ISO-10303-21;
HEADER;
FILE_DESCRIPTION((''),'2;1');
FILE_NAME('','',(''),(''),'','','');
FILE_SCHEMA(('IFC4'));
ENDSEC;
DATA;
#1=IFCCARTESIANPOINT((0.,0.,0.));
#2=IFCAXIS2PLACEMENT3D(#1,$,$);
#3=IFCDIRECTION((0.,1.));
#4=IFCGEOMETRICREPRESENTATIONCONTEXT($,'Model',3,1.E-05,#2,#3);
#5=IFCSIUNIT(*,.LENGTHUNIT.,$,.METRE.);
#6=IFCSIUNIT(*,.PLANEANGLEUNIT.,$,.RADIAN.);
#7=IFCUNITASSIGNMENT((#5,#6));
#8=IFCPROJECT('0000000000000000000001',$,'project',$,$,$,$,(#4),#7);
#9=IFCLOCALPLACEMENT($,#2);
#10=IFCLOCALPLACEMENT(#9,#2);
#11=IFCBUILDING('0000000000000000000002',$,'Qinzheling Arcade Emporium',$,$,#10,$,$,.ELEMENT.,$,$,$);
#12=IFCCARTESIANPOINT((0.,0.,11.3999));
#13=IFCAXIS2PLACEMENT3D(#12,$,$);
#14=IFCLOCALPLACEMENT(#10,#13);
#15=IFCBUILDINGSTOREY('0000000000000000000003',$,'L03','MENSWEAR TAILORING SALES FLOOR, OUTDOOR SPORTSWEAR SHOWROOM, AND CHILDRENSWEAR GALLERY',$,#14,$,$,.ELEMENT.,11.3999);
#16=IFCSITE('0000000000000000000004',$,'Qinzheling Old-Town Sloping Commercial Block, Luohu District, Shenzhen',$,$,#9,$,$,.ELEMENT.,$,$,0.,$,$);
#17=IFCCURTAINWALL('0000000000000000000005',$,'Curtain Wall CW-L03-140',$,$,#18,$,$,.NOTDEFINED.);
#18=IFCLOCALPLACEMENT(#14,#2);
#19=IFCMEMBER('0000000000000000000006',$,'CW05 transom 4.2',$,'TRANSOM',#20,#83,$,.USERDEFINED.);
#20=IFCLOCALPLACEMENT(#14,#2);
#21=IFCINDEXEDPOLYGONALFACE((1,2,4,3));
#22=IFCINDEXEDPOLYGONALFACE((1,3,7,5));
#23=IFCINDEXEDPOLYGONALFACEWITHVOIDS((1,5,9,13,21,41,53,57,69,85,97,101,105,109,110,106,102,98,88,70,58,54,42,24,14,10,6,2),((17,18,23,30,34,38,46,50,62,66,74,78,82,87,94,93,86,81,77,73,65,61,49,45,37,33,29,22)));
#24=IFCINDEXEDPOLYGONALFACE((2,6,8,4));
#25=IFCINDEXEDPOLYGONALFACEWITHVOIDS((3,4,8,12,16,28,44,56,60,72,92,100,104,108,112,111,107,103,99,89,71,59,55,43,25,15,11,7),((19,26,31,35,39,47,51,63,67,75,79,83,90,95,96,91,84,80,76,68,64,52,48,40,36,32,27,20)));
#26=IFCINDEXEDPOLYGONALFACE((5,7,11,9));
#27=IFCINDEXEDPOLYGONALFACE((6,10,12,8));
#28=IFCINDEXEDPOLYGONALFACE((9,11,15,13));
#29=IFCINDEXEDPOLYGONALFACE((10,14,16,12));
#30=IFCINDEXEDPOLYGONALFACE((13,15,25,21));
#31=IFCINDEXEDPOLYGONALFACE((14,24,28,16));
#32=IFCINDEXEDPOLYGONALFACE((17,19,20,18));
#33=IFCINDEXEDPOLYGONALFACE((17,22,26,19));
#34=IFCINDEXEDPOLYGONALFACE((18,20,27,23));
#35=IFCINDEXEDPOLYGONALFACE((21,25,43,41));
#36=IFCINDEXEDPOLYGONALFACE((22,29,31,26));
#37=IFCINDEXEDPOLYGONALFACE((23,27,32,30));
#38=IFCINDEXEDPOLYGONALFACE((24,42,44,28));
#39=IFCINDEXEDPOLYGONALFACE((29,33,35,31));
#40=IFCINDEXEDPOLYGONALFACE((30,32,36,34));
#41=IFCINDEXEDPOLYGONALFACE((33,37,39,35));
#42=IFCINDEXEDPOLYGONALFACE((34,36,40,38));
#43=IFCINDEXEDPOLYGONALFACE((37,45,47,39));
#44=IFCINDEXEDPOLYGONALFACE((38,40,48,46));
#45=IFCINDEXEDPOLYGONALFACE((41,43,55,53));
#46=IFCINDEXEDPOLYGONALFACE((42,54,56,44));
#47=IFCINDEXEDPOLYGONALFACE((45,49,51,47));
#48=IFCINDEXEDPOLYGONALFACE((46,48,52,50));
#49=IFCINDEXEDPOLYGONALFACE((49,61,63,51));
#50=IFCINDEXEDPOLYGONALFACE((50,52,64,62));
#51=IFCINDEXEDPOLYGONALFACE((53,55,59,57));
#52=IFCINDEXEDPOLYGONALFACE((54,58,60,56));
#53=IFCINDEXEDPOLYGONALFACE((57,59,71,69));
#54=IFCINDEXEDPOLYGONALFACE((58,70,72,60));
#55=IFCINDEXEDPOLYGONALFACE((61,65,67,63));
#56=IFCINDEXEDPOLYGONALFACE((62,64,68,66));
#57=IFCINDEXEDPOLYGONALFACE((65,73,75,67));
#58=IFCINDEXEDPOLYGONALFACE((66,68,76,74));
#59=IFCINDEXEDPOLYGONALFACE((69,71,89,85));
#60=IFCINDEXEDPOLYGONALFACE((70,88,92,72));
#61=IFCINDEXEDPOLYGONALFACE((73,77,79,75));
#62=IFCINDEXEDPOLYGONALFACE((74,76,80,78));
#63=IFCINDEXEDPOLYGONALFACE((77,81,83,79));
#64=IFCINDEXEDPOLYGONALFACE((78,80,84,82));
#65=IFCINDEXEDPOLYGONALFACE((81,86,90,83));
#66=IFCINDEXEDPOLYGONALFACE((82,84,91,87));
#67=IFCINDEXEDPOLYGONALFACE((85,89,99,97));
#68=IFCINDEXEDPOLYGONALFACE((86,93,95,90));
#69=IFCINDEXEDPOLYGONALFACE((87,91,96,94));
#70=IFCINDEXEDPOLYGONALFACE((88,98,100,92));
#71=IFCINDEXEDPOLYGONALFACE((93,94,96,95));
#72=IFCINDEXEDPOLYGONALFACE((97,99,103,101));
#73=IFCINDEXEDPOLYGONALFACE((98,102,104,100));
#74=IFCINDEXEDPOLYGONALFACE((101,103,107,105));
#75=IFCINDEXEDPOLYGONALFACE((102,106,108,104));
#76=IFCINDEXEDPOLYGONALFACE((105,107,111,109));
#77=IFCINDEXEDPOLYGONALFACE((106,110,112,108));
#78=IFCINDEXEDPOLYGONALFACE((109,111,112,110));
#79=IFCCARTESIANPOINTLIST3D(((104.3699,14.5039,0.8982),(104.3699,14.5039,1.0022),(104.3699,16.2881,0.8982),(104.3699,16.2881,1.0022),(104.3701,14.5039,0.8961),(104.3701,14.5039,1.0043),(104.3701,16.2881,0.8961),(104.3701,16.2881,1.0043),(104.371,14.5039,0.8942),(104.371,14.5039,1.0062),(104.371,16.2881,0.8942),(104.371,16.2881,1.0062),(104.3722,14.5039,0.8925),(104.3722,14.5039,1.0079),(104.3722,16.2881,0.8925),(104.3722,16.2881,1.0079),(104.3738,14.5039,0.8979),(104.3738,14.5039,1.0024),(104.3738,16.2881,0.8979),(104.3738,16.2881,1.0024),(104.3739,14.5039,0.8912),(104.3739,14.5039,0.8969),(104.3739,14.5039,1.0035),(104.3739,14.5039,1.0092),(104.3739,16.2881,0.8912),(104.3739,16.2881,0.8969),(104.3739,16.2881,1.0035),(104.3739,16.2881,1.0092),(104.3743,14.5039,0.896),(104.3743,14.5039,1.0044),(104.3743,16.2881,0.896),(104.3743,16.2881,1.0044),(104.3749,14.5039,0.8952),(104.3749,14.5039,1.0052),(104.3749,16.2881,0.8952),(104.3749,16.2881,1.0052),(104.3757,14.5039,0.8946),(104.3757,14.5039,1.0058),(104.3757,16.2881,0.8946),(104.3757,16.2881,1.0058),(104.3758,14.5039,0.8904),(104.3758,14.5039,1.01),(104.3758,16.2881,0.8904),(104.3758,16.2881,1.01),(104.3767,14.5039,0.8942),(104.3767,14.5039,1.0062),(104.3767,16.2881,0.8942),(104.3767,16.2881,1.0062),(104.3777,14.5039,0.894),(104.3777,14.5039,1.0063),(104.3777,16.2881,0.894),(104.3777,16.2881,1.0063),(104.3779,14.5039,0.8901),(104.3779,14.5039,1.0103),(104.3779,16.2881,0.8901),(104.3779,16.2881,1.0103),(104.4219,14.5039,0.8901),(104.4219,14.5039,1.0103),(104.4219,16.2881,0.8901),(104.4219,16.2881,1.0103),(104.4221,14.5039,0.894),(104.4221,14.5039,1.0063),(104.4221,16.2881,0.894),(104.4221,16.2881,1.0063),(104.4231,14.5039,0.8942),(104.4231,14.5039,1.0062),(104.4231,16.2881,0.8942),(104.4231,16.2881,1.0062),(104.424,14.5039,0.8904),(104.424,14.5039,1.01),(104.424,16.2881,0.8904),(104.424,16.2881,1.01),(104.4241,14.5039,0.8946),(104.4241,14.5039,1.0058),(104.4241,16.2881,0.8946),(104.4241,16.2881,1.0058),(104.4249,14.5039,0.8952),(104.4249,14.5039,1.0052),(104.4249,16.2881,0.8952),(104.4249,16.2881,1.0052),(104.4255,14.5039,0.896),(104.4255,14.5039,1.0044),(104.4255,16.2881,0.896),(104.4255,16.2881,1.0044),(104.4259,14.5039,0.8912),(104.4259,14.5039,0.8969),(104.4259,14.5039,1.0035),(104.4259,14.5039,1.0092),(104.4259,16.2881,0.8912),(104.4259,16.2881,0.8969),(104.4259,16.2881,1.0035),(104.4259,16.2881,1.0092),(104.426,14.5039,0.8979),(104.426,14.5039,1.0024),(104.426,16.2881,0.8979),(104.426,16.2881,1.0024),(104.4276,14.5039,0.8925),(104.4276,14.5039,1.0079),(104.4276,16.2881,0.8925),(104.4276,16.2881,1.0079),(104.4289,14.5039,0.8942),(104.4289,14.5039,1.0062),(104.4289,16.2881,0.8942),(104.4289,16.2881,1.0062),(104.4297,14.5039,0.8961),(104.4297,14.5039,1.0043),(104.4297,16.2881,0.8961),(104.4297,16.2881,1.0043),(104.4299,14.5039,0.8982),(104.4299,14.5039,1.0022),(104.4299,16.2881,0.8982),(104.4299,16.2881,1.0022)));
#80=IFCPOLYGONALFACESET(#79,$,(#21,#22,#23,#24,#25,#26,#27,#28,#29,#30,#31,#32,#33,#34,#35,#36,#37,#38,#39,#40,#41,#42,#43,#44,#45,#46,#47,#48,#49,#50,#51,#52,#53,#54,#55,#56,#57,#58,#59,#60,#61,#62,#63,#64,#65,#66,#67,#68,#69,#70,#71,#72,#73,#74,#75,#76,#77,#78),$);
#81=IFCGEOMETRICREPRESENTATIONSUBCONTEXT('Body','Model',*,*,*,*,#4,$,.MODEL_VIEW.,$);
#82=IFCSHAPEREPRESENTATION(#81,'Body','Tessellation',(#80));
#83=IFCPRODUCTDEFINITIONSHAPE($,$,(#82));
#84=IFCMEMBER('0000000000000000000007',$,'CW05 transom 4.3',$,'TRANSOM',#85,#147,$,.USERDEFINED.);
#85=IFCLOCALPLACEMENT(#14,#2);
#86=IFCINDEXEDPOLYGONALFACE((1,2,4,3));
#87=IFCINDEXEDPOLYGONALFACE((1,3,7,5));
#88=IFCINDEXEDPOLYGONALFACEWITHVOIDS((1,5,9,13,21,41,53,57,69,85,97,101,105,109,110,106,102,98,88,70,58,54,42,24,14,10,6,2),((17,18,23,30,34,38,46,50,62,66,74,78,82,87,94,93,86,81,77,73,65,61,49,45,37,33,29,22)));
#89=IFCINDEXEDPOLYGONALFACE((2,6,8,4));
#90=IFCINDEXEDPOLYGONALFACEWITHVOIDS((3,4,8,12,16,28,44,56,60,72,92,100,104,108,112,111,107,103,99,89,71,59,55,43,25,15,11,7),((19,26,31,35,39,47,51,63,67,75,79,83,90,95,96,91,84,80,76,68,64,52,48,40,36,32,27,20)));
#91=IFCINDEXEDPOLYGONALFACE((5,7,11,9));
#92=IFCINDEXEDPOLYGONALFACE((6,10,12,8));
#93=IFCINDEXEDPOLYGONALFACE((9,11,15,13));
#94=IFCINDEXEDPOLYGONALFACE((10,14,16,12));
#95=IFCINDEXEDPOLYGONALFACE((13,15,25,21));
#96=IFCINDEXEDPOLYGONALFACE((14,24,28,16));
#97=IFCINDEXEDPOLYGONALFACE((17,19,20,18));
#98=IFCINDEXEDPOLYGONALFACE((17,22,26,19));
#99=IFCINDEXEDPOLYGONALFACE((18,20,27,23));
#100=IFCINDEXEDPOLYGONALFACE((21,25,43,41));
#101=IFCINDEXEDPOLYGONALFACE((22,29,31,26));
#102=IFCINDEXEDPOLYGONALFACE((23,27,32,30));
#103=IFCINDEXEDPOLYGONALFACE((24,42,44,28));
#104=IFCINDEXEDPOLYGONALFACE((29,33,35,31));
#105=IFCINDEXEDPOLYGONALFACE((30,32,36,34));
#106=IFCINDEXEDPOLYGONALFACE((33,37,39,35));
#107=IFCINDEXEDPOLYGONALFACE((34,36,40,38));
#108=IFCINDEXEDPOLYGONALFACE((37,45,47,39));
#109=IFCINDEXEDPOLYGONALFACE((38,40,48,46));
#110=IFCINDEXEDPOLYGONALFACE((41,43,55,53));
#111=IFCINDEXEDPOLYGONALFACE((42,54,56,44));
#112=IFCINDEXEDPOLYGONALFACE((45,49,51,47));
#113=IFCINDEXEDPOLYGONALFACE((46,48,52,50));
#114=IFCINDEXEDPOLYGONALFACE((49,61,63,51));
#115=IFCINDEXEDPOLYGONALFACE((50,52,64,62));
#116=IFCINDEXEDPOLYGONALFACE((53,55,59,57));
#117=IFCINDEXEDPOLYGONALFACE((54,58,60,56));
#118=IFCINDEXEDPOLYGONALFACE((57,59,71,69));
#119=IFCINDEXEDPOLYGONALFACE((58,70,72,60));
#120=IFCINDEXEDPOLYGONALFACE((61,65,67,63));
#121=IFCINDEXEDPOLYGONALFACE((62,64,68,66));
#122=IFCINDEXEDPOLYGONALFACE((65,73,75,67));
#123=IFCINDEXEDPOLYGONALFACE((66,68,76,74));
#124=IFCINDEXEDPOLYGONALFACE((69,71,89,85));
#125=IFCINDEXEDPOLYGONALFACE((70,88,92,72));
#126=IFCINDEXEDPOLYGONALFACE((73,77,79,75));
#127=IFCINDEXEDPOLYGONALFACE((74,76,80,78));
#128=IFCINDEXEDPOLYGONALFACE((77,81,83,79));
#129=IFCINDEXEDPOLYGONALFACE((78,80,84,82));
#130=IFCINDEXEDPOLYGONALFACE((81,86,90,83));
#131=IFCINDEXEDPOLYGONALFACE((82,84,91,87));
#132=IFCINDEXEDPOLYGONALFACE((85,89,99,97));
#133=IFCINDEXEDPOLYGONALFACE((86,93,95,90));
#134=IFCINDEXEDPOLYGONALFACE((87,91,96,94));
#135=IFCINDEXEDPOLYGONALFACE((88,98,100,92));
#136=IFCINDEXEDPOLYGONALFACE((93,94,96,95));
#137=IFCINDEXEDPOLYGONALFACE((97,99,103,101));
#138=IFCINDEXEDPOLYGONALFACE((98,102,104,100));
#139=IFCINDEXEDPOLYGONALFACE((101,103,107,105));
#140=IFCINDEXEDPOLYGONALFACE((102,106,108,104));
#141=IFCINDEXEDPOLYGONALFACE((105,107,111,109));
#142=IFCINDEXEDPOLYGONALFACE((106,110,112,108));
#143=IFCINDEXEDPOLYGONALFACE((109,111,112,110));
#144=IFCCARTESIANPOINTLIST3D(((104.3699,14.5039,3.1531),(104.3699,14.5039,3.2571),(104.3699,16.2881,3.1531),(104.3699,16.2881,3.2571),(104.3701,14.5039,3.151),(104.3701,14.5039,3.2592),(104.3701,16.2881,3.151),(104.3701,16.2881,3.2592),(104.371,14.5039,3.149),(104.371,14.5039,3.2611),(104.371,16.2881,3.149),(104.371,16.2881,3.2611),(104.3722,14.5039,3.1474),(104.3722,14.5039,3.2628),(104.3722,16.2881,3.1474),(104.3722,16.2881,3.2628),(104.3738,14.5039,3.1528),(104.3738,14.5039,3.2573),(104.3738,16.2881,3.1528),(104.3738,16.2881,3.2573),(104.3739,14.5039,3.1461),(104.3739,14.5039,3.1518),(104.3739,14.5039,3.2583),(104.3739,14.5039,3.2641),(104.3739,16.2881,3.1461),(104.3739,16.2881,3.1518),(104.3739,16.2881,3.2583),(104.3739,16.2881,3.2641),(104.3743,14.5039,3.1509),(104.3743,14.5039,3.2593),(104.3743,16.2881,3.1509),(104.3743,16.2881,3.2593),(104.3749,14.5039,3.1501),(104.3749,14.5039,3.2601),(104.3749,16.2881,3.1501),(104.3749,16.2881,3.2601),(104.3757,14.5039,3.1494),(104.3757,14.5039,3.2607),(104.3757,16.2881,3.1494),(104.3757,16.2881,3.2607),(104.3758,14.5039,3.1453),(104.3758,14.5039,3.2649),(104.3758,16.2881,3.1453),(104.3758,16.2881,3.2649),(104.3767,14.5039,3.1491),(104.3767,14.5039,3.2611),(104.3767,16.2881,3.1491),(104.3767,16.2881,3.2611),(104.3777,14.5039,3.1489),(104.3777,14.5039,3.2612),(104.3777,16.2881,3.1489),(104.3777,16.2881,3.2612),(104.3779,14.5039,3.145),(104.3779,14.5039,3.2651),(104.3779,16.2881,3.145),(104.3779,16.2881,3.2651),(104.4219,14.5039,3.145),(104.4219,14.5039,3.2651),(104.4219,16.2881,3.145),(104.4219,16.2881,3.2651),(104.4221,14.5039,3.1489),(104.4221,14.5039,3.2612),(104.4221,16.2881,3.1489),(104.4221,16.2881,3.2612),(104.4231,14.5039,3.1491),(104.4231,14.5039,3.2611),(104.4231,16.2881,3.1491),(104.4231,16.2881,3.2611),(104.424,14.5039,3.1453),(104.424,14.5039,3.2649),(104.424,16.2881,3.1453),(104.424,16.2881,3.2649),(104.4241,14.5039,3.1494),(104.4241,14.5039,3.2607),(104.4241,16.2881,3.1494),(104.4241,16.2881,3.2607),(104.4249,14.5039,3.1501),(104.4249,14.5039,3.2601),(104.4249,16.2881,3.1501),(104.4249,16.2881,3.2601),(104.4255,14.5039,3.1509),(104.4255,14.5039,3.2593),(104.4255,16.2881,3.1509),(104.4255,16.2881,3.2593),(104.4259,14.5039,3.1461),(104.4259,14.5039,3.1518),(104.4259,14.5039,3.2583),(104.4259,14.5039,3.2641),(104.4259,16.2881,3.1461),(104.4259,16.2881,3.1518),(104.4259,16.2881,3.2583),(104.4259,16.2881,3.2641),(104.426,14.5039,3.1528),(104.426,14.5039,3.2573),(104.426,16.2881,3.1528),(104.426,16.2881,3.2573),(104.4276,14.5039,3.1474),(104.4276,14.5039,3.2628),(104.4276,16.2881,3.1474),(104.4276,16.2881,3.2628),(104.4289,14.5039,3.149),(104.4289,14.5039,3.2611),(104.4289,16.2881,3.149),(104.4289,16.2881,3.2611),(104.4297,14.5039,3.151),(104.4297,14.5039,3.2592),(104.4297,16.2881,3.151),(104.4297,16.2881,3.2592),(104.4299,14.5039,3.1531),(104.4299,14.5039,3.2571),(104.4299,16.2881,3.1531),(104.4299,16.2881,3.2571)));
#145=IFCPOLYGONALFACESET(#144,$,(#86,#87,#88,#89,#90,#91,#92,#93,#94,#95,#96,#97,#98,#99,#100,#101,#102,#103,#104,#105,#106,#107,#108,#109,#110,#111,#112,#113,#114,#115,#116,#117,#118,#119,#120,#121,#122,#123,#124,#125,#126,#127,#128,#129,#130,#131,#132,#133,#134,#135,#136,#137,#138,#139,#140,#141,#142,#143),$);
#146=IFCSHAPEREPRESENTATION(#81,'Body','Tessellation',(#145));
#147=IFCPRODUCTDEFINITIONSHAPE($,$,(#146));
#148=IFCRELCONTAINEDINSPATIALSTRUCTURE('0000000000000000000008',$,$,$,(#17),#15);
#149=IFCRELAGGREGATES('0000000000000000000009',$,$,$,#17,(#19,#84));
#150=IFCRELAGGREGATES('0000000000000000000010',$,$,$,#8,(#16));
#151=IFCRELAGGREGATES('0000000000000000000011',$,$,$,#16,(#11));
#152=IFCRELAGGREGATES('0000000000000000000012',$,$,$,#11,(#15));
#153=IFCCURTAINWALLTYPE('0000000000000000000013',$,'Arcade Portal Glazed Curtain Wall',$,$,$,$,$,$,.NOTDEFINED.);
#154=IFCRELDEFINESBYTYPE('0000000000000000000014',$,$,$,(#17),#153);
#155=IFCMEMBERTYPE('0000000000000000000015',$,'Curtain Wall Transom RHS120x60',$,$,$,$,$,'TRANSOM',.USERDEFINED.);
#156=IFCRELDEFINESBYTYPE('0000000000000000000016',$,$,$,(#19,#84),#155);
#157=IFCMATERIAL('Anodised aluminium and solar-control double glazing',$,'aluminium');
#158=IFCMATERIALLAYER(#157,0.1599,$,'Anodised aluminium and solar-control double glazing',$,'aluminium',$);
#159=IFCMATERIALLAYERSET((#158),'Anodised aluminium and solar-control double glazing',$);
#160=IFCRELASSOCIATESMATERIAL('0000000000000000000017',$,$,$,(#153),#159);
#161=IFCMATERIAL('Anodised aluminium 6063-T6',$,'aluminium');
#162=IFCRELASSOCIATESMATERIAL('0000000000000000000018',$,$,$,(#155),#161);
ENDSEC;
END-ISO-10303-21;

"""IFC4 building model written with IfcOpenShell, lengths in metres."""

from ifc_helpers import new_model, si_unit, direction, frame, origin, origin_2d, place, context, subcontext, project, spatial, hollow_rectangle, extrude, material, layer, layer_set, material_profile, profile_set, type_object, element, aggregate, save


model = new_model("IFC4")

# Units and contexts
model_context = context("Model", 3, precision=1e-05, world=origin(), true_north=direction((0.0, 1.0)))
body_context = subcontext(model_context, "Body", "Model", "MODEL_VIEW")
ifc_project = project(units=[si_unit("LENGTHUNIT", "METRE"), si_unit("PLANEANGLEUNIT", "RADIAN")], contexts=[model_context])

# Site, building, storey
site_placement = place(None, origin())
site = spatial("IfcSite", under=ifc_project, at=site_placement, Name="Qinzheling Old-Town Sloping Commercial Block, Luohu District, Shenzhen", CompositionType="ELEMENT", RefElevation=0.0)
building_placement = place(site_placement, origin())
building = spatial("IfcBuilding", under=site, at=building_placement, Name="Qinzheling Arcade Emporium", CompositionType="ELEMENT")
storey_placement = place(building_placement, frame((0.0, 0.0, 11.3999)))
storey = spatial("IfcBuildingStorey", under=building, at=storey_placement, Name="L03", Description="MENSWEAR TAILORING SALES FLOOR, OUTDOOR SPORTSWEAR SHOWROOM, AND CHILDRENSWEAR GALLERY", CompositionType="ELEMENT", Elevation=11.3999)

# Curtain wall
ifc_material_1 = material(Name="Anodised aluminium and solar-control double glazing", Category="aluminium")
ifc_layer_1 = layer(ifc_material_1, 0.1599, Name="Anodised aluminium and solar-control double glazing", Category="aluminium")
ifc_layer_set_1 = layer_set([ifc_layer_1], Name="Anodised aluminium and solar-control double glazing")
curtain_wall_type = type_object("IfcCurtainWallType", Name="Arcade Portal Glazed Curtain Wall", PredefinedType="NOTDEFINED", material=ifc_layer_set_1)
curtain_wall_1_placement = place(storey_placement, origin())
curtain_wall_1 = element("IfcCurtainWall", 1, at=curtain_wall_1_placement, inside=storey, type_object=curtain_wall_type, Name="Curtain Wall CW-L03-140", PredefinedType="NOTDEFINED")
ifc_material_2 = material(Name="Anodised aluminium 6063-T6", Category="aluminium")

# Members
ifc_material_profile_1 = material_profile(ifc_material_2, hollow_rectangle(XDim=0.0601, YDim=0.1201, WallThickness=0.0039, InnerFilletRadius=0.0039, OuterFilletRadius=0.0081, at=origin_2d()), Name="RHS 120x60x4", Category="aluminium")
ifc_profile_set_1 = profile_set([ifc_material_profile_1], Name="Anodised aluminium 6063-T6")
member_type_1 = type_object("IfcMemberType", Name="Curtain Wall Transom RHS120x60", ElementType="TRANSOM", PredefinedType="USERDEFINED", material=ifc_profile_set_1)
member_1_placement = place(storey_placement, frame((104.3999, 14.5039, 0.9502), z_axis=(0.0, 1.0, 0.0), x_axis=(-1.0, 0.0, 0.0)))
member_1 = element("IfcMember", 2, at=member_1_placement, type_object=member_type_1, Name="CW05 transom 4.2", ObjectType="TRANSOM", PredefinedType="USERDEFINED", context=body_context, shape_type="SweptSolid", body=[
    extrude(hollow_rectangle(XDim=0.0601, YDim=0.1201, WallThickness=0.0039, InnerFilletRadius=0.0039, OuterFilletRadius=0.0081, at=origin_2d()), origin(), (0.0, 0.0, 1.0), 1.7842),
])
member_2_placement = place(storey_placement, frame((104.3999, 14.5039, 3.2051), z_axis=(0.0, 1.0, 0.0), x_axis=(-1.0, 0.0, 0.0)))
member_2 = element("IfcMember", 3, at=member_2_placement, type_object=member_type_1, Name="CW05 transom 4.3", ObjectType="TRANSOM", PredefinedType="USERDEFINED", context=body_context, shape_type="SweptSolid", body=[
    extrude(hollow_rectangle(XDim=0.0601, YDim=0.1201, WallThickness=0.0039, InnerFilletRadius=0.0039, OuterFilletRadius=0.0081, at=origin_2d()), origin(), (0.0, 0.0, 1.0), 1.7842),
])

aggregate(curtain_wall_1, [member_1, member_2])

save(model, "model.ifc")
